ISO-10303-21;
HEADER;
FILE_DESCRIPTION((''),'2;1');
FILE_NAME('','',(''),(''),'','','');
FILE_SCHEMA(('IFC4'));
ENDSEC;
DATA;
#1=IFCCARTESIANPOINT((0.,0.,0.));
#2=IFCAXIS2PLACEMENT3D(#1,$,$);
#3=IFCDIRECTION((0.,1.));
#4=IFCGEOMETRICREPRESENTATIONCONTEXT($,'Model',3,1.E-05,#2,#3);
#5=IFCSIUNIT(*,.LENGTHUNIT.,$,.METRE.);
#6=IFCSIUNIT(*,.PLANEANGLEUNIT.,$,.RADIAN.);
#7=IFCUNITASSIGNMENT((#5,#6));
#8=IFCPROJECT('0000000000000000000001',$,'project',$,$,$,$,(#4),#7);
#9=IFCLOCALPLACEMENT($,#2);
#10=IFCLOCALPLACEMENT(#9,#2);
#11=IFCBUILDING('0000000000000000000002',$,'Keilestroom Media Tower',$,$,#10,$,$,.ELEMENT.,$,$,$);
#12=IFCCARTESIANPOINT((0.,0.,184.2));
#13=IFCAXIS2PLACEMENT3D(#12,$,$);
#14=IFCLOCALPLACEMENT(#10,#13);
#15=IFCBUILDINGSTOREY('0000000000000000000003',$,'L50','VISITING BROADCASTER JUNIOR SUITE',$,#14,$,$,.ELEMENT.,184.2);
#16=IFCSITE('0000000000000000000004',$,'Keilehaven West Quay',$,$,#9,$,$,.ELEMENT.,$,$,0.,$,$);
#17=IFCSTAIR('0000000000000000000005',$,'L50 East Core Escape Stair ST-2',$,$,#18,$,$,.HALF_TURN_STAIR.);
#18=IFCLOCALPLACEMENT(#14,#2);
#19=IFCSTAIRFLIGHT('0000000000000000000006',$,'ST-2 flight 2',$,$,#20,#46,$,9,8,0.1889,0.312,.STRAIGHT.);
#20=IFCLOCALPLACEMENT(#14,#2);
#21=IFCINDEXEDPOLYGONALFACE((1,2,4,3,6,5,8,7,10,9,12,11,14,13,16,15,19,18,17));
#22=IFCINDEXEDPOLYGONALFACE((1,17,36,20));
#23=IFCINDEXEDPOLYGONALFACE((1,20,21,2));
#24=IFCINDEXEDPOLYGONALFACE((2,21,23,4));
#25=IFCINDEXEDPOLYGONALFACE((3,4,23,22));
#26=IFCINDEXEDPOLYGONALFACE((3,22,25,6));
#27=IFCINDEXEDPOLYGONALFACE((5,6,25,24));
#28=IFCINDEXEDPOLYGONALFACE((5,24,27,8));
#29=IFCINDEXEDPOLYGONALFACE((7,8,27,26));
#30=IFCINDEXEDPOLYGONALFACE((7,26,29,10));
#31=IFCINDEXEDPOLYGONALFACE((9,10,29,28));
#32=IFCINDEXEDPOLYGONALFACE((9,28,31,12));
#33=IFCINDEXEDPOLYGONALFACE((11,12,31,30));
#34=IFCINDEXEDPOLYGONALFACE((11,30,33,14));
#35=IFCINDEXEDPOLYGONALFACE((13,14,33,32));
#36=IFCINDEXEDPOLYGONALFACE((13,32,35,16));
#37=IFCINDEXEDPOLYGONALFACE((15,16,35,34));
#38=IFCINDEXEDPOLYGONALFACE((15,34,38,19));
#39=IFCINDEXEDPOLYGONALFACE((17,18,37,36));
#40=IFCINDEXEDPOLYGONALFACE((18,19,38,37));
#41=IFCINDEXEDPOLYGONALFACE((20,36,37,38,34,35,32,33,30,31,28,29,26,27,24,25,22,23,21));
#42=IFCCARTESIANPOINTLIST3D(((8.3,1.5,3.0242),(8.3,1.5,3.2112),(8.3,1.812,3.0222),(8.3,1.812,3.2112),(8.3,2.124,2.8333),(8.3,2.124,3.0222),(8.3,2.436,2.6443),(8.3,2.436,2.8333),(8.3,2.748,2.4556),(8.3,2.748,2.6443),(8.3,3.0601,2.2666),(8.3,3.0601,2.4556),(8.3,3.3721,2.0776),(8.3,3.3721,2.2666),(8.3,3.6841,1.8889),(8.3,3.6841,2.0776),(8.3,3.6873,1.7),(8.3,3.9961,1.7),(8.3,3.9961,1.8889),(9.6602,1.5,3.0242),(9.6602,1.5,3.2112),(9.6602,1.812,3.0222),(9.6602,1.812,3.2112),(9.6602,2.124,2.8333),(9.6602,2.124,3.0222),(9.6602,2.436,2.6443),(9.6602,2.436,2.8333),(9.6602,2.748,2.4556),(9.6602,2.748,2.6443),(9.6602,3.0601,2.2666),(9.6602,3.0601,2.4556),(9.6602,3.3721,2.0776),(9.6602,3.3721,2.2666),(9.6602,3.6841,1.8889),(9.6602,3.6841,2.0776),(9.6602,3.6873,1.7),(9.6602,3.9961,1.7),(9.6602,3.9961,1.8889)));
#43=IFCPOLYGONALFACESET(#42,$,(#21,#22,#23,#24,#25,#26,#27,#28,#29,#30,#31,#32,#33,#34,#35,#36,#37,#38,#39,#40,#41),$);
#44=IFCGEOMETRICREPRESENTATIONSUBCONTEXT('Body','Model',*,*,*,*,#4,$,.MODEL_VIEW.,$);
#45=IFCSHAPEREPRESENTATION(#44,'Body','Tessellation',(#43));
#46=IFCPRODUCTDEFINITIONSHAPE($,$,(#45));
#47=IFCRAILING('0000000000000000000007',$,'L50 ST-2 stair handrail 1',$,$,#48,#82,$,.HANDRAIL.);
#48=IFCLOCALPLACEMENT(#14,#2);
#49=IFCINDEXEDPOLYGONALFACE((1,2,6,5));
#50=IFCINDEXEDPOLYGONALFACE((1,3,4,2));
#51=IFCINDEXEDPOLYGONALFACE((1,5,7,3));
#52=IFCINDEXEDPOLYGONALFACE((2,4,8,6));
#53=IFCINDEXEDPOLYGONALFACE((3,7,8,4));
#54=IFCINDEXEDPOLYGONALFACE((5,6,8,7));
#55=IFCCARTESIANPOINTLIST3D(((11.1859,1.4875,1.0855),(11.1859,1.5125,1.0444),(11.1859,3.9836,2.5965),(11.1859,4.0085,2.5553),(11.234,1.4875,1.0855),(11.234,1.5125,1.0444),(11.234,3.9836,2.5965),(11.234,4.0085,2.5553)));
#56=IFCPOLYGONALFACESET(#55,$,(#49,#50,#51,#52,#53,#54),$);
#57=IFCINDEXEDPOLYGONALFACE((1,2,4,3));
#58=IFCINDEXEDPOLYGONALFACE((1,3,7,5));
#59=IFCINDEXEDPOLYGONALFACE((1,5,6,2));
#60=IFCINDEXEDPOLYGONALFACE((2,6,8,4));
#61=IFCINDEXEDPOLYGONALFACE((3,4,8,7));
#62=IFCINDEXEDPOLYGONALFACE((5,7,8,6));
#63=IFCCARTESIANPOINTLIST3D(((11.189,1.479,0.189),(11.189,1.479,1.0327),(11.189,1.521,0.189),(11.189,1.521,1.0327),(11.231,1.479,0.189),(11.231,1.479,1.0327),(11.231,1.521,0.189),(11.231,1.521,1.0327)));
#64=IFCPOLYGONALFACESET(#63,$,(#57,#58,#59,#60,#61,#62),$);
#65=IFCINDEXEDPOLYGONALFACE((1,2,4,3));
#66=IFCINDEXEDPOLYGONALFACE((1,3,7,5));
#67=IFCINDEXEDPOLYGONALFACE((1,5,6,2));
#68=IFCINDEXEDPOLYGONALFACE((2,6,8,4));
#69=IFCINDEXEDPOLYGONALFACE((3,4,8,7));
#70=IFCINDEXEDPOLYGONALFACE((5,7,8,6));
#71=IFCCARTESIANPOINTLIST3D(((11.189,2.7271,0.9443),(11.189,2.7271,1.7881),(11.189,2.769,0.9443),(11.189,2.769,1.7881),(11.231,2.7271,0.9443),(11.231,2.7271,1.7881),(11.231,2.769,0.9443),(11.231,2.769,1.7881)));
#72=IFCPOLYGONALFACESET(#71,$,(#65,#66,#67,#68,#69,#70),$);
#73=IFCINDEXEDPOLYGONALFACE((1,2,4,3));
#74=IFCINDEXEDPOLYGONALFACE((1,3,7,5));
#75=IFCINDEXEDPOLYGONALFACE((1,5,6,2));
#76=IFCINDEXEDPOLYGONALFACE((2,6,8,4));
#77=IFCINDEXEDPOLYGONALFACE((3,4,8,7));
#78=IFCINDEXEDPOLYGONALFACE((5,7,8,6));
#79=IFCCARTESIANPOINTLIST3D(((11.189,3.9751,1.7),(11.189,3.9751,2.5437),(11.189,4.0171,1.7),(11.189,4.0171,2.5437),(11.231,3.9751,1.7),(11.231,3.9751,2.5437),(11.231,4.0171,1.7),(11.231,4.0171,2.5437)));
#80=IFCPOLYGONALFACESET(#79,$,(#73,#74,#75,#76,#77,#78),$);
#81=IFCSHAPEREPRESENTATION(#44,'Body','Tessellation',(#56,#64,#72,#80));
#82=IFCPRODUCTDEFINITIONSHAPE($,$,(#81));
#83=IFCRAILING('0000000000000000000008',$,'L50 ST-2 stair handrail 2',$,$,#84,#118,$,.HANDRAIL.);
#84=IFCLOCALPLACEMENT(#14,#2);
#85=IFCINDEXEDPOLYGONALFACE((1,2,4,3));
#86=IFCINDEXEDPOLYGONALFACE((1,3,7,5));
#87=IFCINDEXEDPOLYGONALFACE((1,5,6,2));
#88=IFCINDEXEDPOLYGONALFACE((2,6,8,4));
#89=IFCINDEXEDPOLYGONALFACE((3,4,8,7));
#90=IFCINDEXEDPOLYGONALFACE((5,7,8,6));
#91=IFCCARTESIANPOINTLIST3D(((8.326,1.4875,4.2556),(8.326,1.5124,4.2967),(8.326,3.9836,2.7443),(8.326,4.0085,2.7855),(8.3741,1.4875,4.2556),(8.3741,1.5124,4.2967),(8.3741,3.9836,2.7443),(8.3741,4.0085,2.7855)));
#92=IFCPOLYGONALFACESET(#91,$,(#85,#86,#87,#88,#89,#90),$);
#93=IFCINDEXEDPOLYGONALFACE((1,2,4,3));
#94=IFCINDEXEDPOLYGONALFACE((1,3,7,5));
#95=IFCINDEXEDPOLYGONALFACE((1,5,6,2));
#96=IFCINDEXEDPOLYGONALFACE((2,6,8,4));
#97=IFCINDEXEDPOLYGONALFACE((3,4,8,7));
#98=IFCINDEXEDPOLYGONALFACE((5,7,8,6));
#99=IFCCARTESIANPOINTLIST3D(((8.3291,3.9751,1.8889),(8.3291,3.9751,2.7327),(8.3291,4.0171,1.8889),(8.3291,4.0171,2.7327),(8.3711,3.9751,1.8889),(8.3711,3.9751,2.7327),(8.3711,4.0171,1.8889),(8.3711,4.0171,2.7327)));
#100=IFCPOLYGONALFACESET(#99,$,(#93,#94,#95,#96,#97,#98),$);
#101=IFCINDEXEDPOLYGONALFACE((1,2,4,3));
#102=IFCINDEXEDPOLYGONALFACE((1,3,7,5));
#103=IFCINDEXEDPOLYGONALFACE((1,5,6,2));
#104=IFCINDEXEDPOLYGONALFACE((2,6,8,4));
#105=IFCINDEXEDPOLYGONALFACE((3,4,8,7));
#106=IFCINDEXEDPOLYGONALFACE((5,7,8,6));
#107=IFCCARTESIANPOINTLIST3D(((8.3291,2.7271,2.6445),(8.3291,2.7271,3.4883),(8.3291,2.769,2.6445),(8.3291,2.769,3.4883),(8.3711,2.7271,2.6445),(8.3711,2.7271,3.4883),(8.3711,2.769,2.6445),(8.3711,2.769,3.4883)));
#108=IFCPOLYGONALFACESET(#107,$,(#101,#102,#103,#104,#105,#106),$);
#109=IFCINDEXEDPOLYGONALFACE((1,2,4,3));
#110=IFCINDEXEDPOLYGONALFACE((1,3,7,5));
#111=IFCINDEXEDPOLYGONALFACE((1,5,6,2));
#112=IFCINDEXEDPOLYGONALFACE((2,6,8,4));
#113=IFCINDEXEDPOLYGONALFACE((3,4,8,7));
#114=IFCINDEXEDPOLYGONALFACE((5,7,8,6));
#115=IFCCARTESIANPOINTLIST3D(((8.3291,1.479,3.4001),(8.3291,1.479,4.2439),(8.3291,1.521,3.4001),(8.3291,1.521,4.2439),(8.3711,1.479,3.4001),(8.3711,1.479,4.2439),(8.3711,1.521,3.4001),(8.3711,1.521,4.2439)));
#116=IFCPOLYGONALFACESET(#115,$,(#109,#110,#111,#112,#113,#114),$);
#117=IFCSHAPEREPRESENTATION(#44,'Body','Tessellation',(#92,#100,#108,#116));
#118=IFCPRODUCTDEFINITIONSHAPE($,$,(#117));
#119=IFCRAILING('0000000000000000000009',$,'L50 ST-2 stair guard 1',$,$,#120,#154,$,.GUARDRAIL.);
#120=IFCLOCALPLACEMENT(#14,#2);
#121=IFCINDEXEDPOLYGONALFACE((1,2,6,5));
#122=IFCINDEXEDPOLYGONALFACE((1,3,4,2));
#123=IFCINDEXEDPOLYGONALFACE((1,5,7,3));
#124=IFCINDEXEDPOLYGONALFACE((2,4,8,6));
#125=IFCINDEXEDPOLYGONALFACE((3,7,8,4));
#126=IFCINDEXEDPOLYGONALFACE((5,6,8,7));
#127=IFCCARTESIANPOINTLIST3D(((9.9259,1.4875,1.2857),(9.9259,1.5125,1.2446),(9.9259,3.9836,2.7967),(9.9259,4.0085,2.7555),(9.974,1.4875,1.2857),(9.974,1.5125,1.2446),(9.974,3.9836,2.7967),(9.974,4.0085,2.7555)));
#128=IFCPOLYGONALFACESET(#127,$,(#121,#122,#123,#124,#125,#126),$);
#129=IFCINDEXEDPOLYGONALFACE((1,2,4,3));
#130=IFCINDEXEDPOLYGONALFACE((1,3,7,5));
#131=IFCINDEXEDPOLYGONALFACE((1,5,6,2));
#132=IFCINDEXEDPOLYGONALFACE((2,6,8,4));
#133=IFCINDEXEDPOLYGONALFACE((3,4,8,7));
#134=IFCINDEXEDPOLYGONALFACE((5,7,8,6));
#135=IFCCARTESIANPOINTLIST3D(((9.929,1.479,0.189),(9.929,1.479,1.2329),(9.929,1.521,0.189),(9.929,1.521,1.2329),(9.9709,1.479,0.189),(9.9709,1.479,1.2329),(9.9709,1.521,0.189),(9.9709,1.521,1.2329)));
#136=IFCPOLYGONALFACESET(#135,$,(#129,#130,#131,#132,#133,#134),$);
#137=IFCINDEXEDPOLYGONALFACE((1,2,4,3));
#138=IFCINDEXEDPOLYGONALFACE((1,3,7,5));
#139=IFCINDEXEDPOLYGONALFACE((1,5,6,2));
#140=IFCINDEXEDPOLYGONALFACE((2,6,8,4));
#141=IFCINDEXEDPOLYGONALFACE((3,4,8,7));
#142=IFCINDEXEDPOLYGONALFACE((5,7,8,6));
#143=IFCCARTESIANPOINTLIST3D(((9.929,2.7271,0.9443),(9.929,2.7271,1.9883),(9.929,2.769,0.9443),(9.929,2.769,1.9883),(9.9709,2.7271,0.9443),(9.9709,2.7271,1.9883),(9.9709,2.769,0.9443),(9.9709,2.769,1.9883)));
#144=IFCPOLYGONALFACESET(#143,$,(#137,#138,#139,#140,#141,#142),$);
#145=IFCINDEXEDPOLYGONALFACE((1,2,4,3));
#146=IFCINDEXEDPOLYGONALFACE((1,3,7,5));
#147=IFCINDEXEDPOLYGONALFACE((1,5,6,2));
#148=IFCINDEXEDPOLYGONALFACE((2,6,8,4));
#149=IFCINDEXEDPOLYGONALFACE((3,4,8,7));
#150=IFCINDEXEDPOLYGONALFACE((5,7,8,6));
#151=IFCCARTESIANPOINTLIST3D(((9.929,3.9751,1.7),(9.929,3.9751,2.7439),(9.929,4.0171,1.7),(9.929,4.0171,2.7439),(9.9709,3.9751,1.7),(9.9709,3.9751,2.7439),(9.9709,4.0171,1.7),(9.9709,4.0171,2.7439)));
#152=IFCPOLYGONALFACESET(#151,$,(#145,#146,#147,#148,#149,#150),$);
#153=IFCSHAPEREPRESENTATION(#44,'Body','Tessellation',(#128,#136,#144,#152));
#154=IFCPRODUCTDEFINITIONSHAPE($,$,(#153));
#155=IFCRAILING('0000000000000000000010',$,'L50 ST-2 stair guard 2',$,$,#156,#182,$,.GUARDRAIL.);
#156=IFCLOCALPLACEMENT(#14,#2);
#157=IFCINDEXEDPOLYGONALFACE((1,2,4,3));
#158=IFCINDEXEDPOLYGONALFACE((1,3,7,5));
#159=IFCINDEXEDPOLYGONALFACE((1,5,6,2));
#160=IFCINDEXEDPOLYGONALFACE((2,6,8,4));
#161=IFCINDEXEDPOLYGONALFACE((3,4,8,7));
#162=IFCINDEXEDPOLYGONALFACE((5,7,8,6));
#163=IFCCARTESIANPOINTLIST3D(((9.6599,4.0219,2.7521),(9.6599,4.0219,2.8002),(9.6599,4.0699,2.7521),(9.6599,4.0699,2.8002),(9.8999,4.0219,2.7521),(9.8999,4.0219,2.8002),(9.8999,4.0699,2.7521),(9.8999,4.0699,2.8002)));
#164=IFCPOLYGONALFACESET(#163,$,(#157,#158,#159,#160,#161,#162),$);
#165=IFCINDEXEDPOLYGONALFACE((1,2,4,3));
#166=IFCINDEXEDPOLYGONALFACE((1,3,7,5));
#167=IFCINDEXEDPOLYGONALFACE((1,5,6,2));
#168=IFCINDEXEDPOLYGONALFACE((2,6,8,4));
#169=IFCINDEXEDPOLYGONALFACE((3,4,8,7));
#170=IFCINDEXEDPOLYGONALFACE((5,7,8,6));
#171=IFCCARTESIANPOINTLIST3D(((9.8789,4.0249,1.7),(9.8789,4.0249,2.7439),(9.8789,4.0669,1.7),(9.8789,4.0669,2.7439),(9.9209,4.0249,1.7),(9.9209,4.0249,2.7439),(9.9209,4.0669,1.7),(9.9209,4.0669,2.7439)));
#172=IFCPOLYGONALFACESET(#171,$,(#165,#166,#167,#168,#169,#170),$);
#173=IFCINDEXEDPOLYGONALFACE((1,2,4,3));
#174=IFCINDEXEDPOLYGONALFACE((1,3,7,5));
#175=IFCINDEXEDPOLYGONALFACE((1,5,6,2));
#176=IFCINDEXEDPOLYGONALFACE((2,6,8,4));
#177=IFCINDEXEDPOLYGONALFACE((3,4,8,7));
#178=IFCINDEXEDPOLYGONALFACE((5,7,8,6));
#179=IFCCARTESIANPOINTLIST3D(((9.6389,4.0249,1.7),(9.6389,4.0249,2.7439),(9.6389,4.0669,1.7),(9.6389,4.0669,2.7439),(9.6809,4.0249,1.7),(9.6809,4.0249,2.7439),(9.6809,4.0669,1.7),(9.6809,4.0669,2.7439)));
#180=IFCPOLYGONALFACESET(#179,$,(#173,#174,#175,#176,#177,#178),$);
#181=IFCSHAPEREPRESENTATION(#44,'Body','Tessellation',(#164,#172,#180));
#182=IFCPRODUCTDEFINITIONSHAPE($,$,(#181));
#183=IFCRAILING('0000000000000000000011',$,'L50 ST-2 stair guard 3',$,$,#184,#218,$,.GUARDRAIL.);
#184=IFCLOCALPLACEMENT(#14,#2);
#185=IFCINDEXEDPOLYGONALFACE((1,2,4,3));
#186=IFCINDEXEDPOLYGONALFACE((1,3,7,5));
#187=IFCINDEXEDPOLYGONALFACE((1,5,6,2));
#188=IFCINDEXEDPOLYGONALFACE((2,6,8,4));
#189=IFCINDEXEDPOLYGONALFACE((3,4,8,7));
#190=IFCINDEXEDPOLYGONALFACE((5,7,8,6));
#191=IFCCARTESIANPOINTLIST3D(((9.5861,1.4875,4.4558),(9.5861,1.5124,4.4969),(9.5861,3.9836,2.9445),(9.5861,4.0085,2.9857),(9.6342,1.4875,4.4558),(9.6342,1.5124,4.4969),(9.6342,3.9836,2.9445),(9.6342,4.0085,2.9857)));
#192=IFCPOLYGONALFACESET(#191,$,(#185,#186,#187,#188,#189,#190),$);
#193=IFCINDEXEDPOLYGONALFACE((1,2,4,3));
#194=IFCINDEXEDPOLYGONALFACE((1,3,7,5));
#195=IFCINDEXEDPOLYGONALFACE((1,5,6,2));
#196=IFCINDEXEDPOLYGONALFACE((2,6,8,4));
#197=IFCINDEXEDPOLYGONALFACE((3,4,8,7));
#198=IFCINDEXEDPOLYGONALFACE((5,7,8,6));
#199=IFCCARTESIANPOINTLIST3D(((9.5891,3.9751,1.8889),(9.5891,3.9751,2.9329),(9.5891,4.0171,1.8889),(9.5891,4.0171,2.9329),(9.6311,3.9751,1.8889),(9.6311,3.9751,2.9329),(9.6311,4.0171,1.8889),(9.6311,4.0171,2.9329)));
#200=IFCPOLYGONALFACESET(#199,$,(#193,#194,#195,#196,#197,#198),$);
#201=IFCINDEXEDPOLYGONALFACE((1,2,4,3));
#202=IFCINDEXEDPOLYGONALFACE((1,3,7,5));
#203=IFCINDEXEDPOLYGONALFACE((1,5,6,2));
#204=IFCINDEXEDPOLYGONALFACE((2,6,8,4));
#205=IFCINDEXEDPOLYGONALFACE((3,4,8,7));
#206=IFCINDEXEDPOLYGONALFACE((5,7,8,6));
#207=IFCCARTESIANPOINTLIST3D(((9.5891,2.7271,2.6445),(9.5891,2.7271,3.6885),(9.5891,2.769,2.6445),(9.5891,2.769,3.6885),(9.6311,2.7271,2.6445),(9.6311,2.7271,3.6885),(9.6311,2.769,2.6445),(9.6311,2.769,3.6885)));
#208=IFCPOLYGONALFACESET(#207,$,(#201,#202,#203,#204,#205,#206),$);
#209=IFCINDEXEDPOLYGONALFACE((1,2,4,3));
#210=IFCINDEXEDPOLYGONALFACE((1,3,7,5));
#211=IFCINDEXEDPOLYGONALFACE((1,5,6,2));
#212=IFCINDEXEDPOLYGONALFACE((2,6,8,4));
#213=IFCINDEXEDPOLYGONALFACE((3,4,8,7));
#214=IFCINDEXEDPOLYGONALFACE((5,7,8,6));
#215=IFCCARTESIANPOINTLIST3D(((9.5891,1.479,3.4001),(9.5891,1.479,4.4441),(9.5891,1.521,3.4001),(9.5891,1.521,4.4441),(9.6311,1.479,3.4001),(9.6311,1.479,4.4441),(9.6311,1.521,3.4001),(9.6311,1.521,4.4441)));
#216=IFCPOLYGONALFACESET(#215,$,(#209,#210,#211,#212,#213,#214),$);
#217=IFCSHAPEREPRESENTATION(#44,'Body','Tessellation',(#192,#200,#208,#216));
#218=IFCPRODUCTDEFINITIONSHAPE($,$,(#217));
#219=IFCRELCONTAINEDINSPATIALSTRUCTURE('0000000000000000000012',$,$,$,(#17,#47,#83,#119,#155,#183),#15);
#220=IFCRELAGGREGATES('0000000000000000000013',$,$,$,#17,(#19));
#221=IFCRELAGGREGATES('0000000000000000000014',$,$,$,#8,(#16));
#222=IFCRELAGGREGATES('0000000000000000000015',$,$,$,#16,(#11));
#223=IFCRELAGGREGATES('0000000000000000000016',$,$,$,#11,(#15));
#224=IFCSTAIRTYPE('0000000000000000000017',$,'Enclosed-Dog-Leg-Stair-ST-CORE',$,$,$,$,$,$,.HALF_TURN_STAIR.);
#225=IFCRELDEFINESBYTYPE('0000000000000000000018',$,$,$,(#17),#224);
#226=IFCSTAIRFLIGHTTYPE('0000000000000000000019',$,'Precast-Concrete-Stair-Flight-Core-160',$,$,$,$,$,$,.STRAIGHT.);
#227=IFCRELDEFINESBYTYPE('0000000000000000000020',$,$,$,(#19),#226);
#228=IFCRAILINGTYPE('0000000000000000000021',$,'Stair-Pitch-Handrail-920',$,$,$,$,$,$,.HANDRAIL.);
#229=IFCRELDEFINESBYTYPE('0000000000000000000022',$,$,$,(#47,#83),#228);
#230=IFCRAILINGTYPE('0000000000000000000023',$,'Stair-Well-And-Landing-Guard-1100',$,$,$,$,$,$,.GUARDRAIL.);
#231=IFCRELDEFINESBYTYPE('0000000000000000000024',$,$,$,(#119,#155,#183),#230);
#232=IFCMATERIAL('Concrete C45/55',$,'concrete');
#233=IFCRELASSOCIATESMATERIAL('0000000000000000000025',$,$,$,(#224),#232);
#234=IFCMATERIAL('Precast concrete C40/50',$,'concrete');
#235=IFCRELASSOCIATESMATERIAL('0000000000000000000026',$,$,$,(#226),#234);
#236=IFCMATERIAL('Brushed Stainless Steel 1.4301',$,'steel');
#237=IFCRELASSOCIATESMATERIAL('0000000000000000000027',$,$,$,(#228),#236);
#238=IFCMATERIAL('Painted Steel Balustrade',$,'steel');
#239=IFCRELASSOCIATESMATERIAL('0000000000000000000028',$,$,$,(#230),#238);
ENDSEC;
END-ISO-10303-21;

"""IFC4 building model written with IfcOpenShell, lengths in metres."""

from ifc_helpers import new_model, si_unit, direction, frame, origin, origin_2d, place, context, subcontext, project, spatial, polyline, rectangle, outline, extrude, material, type_object, element, aggregate, save


model = new_model("IFC4")

# Units and contexts
model_context = context("Model", 3, precision=1e-05, world=origin(), true_north=direction((0.0, 1.0)))
body_context = subcontext(model_context, "Body", "Model", "MODEL_VIEW")
ifc_project = project(units=[si_unit("LENGTHUNIT", "METRE"), si_unit("PLANEANGLEUNIT", "RADIAN")], contexts=[model_context])

# Site, building, storey
site_placement = place(None, origin())
site = spatial("IfcSite", under=ifc_project, at=site_placement, Name="Keilehaven West Quay", CompositionType="ELEMENT", RefElevation=0.0)
building_placement = place(site_placement, origin())
building = spatial("IfcBuilding", under=site, at=building_placement, Name="Keilestroom Media Tower", CompositionType="ELEMENT")
storey_placement = place(building_placement, frame((0.0, 0.0, 184.2)))
storey = spatial("IfcBuildingStorey", under=building, at=storey_placement, Name="L50", Description="VISITING BROADCASTER JUNIOR SUITE", CompositionType="ELEMENT", Elevation=184.2)

# Stair
ifc_material_1 = material(Name="Concrete C45/55", Category="concrete")
stair_type = type_object("IfcStairType", Name="Enclosed-Dog-Leg-Stair-ST-CORE", PredefinedType="HALF_TURN_STAIR", material=ifc_material_1)
stair_1_placement = place(storey_placement, origin())
stair_1 = element("IfcStair", 1, at=stair_1_placement, inside=storey, type_object=stair_type, Name="L50 East Core Escape Stair ST-2", PredefinedType="HALF_TURN_STAIR")

# Stair flight
ifc_material_2 = material(Name="Precast concrete C40/50", Category="concrete")
stair_flight_type = type_object("IfcStairFlightType", Name="Precast-Concrete-Stair-Flight-Core-160", PredefinedType="STRAIGHT", material=ifc_material_2)
stair_flight_1_placement = place(storey_placement, frame((8.98, 3.9961, 1.7), z_axis=(0.0, 0.0, 1.0), x_axis=(0.0, -1.0, 0.0)))
stair_flight_1 = element("IfcStairFlight", 2, at=stair_flight_1_placement, type_object=stair_flight_type, Name="ST-2 flight 2", NumberOfRisers=9, NumberOfTreads=8, PredefinedType="STRAIGHT", RiserHeight=0.1889, TreadLength=0.312, context=body_context, shape_type="SweptSolid", body=[
    extrude(outline(polyline([(0.0, 0.0), (0.0, 0.189), (0.312, 0.189), (0.312, 0.3777), (0.624, 0.3777), (0.624, 0.5667), (0.936, 0.5667), (0.936, 0.7556), (1.248, 0.7556), (1.248, 0.9443), (1.5601, 0.9443), (1.5601, 1.1333), (1.8721, 1.1333), (1.8721, 1.3223), (2.1841, 1.3223), (2.1841, 1.5112), (2.4961, 1.5112), (2.4961, 1.7), (2.4961, 1.3242), (0.3088, 0.0), (0.0, 0.0)])), frame((0.0, 0.6802, 0.0), z_axis=(0.0, -1.0, 0.0), x_axis=(1.0, 0.0, 0.0)), (0.0, 0.0, 1.0), 1.3601),
])
aggregate(stair_1, [stair_flight_1])

# Railings
ifc_material_3 = material(Name="Brushed Stainless Steel 1.4301", Category="steel")
railing_type_1 = type_object("IfcRailingType", Name="Stair-Pitch-Handrail-920", PredefinedType="HANDRAIL", material=ifc_material_3)
railing_1_placement = place(storey_placement, frame((11.21, 1.5, 0.189)))
element("IfcRailing", 3, at=railing_1_placement, inside=storey, type_object=railing_type_1, Name="L50 ST-2 stair handrail 1", PredefinedType="HANDRAIL", context=body_context, shape_type="SweptSolid", body=[
    extrude(rectangle(XDim=0.0481, YDim=0.0481, at=origin_2d()), frame((0.0, 0.0, 0.876), z_axis=(0.0, 0.855471, 0.517851), x_axis=(-1.0, 0.0, 0.0)), (0.0, 0.0, 1.0), 2.9177),
    extrude(rectangle(XDim=0.042, YDim=0.042, at=origin_2d()), origin(), (0.0, 0.0, 1.0), 0.8438),
    extrude(rectangle(XDim=0.042, YDim=0.042, at=origin_2d()), frame((0.0, 1.248, 0.7554)), (0.0, 0.0, 1.0), 0.8438),
    extrude(rectangle(XDim=0.042, YDim=0.042, at=origin_2d()), frame((0.0, 2.4961, 1.511)), (0.0, 0.0, 1.0), 0.8438),
])
railing_2_placement = place(storey_placement, frame((8.3501, 3.9961, 1.8889)))
element("IfcRailing", 4, at=railing_2_placement, inside=storey, type_object=railing_type_1, Name="L50 ST-2 stair handrail 2", PredefinedType="HANDRAIL", context=body_context, shape_type="SweptSolid", body=[
    extrude(rectangle(XDim=0.0481, YDim=0.0481, at=origin_2d()), frame((0.0, 0.0, 0.876), z_axis=(0.0, -0.855434, 0.517912), x_axis=(1.0, 0.0, 0.0)), (0.0, 0.0, 1.0), 2.918),
    extrude(rectangle(XDim=0.042, YDim=0.042, at=origin_2d()), origin(), (0.0, 0.0, 1.0), 0.8438),
    extrude(rectangle(XDim=0.042, YDim=0.042, at=origin_2d()), frame((0.0, -1.248, 0.7556)), (0.0, 0.0, 1.0), 0.8438),
    extrude(rectangle(XDim=0.042, YDim=0.042, at=origin_2d()), frame((0.0, -2.4961, 1.5112)), (0.0, 0.0, 1.0), 0.8438),
])
ifc_material_4 = material(Name="Painted Steel Balustrade", Category="steel")
railing_type_2 = type_object("IfcRailingType", Name="Stair-Well-And-Landing-Guard-1100", PredefinedType="GUARDRAIL", material=ifc_material_4)
railing_3_placement = place(storey_placement, frame((9.95, 1.5, 0.189)))
element("IfcRailing", 5, at=railing_3_placement, inside=storey, type_object=railing_type_2, Name="L50 ST-2 stair guard 1", PredefinedType="GUARDRAIL", context=body_context, shape_type="SweptSolid", body=[
    extrude(rectangle(XDim=0.0481, YDim=0.0481, at=origin_2d()), frame((0.0, 0.0, 1.0762), z_axis=(0.0, 0.855471, 0.517851), x_axis=(-1.0, 0.0, 0.0)), (0.0, 0.0, 1.0), 2.9177),
    extrude(rectangle(XDim=0.042, YDim=0.042, at=origin_2d()), origin(), (0.0, 0.0, 1.0), 1.0439),
    extrude(rectangle(XDim=0.042, YDim=0.042, at=origin_2d()), frame((0.0, 1.248, 0.7554)), (0.0, 0.0, 1.0), 1.0439),
    extrude(rectangle(XDim=0.042, YDim=0.042, at=origin_2d()), frame((0.0, 2.4961, 1.511)), (0.0, 0.0, 1.0), 1.0439),
])
railing_4_placement = place(storey_placement, frame((9.8999, 4.0459, 1.7)))
element("IfcRailing", 6, at=railing_4_placement, inside=storey, type_object=railing_type_2, Name="L50 ST-2 stair guard 2", PredefinedType="GUARDRAIL", context=body_context, shape_type="SweptSolid", body=[
    extrude(rectangle(XDim=0.0481, YDim=0.0481, at=origin_2d()), frame((0.0, 0.0, 1.0762), z_axis=(-1.0, 0.0, 0.0), x_axis=(0.0, -1.0, 0.0)), (0.0, 0.0, 1.0), 0.24),
    extrude(rectangle(XDim=0.042, YDim=0.042, at=origin_2d()), origin(), (0.0, 0.0, 1.0), 1.0439),
    extrude(rectangle(XDim=0.042, YDim=0.042, at=origin_2d()), frame((-0.24, 0.0, 0.0)), (0.0, 0.0, 1.0), 1.0439),
])
railing_5_placement = place(storey_placement, frame((9.6101, 3.9961, 1.8889)))
element("IfcRailing", 7, at=railing_5_placement, inside=storey, type_object=railing_type_2, Name="L50 ST-2 stair guard 3", PredefinedType="GUARDRAIL", context=body_context, shape_type="SweptSolid", body=[
    extrude(rectangle(XDim=0.0481, YDim=0.0481, at=origin_2d()), frame((0.0, 0.0, 1.0762), z_axis=(0.0, -0.855434, 0.517912), x_axis=(1.0, 0.0, 0.0)), (0.0, 0.0, 1.0), 2.918),
    extrude(rectangle(XDim=0.042, YDim=0.042, at=origin_2d()), origin(), (0.0, 0.0, 1.0), 1.0439),
    extrude(rectangle(XDim=0.042, YDim=0.042, at=origin_2d()), frame((0.0, -1.248, 0.7556)), (0.0, 0.0, 1.0), 1.0439),
    extrude(rectangle(XDim=0.042, YDim=0.042, at=origin_2d()), frame((0.0, -2.4961, 1.5112)), (0.0, 0.0, 1.0), 1.0439),
])

save(model, "model.ifc")
